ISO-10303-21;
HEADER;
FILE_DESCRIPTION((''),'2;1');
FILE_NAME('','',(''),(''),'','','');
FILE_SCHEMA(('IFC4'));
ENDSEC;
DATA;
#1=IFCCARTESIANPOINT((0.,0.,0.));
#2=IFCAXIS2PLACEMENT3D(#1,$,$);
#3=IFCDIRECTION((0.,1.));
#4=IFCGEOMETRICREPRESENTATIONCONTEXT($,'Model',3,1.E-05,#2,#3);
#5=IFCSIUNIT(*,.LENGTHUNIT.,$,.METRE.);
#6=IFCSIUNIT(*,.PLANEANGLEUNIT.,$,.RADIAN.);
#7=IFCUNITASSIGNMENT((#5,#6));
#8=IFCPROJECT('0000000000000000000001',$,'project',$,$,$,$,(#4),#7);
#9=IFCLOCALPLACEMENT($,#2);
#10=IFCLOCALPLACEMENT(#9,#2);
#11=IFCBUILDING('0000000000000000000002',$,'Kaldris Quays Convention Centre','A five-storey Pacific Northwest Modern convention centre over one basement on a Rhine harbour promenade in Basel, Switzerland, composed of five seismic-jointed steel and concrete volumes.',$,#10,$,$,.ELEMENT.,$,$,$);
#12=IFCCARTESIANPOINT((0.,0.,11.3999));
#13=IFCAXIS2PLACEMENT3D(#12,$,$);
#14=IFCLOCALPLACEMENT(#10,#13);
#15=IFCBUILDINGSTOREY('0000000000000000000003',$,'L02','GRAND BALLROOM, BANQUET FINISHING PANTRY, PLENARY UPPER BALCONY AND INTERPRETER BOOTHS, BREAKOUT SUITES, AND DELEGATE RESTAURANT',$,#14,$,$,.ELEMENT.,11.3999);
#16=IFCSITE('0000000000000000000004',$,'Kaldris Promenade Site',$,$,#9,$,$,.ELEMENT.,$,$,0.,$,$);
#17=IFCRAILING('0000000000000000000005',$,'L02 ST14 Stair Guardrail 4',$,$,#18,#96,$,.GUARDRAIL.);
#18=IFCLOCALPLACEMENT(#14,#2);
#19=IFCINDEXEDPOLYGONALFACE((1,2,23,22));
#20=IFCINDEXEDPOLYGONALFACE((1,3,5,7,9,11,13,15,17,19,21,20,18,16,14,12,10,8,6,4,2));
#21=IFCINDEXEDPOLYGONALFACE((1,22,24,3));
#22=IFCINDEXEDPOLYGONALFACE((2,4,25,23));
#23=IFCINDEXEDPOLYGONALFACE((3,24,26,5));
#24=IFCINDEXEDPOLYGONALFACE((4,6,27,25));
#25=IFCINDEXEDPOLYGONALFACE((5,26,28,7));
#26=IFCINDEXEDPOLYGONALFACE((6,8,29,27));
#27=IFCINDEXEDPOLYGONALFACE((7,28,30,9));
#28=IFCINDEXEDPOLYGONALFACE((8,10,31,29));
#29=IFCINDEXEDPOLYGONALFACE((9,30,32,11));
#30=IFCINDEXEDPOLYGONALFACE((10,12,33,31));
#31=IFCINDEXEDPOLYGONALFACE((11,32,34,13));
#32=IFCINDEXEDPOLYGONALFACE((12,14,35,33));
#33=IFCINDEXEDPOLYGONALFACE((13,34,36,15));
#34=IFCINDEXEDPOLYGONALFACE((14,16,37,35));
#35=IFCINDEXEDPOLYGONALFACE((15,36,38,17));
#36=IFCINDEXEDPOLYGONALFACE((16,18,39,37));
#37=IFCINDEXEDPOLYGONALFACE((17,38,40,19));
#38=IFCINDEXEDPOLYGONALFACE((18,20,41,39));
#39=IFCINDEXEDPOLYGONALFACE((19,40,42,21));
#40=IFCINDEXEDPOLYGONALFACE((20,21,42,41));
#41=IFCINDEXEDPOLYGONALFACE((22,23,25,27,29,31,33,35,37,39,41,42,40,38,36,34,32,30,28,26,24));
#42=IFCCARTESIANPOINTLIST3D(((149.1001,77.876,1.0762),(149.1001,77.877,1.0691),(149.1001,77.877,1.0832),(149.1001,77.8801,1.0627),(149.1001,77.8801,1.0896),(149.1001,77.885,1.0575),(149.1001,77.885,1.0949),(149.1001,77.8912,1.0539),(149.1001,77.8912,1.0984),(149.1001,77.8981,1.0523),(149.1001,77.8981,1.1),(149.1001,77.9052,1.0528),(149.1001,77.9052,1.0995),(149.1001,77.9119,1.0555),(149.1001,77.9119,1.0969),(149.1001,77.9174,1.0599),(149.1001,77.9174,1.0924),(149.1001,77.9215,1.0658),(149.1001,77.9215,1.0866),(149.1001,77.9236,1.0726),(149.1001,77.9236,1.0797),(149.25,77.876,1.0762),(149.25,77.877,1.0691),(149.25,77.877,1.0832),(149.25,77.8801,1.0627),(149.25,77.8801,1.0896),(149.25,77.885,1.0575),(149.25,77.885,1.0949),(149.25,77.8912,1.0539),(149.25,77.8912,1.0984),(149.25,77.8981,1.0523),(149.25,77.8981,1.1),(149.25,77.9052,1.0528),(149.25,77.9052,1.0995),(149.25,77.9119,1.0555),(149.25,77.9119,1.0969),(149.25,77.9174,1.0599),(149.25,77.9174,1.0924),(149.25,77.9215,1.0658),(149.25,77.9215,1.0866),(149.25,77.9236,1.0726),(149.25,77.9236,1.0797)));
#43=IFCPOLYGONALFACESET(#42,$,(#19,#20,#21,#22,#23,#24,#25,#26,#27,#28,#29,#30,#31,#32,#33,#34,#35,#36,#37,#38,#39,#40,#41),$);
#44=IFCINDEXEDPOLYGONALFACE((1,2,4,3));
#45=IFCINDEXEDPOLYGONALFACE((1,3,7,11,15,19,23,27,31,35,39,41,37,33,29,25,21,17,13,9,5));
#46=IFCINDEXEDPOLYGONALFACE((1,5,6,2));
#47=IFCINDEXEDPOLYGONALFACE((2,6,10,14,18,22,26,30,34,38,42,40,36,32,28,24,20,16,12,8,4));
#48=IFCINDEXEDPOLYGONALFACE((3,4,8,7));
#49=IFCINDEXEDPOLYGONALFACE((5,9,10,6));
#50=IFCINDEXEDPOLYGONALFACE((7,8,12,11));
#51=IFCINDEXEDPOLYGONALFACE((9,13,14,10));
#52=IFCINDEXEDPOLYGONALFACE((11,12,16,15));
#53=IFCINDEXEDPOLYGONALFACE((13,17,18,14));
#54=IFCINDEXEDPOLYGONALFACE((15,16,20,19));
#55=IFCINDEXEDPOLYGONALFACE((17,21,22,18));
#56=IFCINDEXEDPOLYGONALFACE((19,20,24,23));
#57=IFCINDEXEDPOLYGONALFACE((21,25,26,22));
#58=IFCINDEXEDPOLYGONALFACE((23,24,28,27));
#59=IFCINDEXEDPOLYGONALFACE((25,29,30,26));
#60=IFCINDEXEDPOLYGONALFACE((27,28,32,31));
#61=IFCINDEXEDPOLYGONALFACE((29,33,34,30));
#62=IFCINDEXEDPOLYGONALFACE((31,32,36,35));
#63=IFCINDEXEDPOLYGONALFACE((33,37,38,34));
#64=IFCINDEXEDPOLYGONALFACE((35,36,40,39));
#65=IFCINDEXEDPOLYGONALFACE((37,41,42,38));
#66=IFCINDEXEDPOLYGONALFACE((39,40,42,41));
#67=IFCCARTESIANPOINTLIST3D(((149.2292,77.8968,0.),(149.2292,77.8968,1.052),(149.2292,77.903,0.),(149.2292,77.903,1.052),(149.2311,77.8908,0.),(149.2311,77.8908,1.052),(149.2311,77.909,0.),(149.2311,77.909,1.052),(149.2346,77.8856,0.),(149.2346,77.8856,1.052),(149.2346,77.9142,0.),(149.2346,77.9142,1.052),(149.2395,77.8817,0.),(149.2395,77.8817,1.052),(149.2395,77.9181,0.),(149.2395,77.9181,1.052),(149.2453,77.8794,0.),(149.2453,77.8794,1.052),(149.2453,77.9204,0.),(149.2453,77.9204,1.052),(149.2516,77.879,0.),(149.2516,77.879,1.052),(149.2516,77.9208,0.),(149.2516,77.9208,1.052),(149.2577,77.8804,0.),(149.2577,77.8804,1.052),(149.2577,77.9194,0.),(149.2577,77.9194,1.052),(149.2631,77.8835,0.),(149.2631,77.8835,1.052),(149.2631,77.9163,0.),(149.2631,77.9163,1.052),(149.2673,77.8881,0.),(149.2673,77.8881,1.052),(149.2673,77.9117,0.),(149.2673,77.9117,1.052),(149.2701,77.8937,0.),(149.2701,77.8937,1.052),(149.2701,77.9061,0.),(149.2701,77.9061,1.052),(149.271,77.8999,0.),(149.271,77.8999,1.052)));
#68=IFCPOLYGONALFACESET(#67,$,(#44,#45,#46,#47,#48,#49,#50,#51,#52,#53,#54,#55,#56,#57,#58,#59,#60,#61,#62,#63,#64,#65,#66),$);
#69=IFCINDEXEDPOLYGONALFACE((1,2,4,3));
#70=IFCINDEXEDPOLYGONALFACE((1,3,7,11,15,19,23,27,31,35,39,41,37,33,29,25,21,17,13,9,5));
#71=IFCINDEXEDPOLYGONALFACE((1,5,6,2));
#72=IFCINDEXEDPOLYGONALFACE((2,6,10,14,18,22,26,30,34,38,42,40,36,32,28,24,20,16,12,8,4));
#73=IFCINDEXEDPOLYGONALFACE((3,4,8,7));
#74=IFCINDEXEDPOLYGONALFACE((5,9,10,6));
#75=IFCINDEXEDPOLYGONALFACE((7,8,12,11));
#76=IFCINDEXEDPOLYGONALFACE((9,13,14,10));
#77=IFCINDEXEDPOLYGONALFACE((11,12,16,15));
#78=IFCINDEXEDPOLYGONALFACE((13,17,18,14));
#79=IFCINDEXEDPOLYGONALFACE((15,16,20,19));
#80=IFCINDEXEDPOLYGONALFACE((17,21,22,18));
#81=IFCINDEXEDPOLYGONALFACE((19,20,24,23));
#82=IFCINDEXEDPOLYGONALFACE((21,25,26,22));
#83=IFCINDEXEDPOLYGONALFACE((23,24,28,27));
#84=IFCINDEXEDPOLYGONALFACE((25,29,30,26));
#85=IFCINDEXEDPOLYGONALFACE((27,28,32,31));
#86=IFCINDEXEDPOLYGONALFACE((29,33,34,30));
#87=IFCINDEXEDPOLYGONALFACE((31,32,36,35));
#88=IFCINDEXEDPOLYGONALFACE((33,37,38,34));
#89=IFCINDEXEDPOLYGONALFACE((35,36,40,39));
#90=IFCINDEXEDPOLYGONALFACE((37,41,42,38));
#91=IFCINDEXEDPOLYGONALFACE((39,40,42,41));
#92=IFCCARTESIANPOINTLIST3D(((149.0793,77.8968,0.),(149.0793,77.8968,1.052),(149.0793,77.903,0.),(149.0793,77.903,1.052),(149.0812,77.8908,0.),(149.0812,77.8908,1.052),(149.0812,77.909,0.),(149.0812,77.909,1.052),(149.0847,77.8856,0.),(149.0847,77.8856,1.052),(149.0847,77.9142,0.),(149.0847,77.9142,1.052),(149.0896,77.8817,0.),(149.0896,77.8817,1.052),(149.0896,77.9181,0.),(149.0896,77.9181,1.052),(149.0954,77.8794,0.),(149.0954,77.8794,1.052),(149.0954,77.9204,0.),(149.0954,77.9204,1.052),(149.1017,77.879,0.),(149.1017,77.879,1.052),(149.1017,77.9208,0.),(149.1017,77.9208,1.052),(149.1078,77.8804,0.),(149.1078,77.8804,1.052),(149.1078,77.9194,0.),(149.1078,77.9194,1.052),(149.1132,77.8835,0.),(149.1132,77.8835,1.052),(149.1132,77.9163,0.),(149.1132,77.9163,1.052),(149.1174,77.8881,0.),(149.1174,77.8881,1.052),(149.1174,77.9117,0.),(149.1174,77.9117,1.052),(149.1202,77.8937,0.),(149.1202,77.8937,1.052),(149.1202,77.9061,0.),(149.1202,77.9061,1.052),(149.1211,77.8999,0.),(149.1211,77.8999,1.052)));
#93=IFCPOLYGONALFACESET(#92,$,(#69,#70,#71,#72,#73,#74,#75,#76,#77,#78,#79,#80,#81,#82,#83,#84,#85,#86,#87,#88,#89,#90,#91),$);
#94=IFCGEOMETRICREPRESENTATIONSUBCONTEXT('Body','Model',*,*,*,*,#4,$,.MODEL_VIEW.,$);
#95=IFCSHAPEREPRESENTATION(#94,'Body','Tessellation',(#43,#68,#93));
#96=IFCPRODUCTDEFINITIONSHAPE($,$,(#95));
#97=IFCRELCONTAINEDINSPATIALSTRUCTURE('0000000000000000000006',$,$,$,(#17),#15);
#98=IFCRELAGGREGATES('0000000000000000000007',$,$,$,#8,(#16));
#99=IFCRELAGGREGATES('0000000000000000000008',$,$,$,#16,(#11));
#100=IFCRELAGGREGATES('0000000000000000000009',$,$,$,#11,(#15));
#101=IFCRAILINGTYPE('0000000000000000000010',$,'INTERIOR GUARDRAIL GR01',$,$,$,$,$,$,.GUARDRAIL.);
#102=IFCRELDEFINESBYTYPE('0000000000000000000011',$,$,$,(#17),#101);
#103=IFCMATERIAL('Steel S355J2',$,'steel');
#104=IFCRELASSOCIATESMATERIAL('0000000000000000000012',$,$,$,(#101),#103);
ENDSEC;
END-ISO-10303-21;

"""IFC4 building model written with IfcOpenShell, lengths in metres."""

from ifc_helpers import new_model, si_unit, direction, frame, origin, origin_2d, place, context, subcontext, project, spatial, circle, extrude, material, type_object, element, save


model = new_model("IFC4")

# Units and contexts
model_context = context("Model", 3, precision=1e-05, world=origin(), true_north=direction((0.0, 1.0)))
body_context = subcontext(model_context, "Body", "Model", "MODEL_VIEW")
ifc_project = project(units=[si_unit("LENGTHUNIT", "METRE"), si_unit("PLANEANGLEUNIT", "RADIAN")], contexts=[model_context])

# Site, building, storey
site_placement = place(None, origin())
site = spatial("IfcSite", under=ifc_project, at=site_placement, Name="Kaldris Promenade Site", CompositionType="ELEMENT", RefElevation=0.0)
building_placement = place(site_placement, origin())
building = spatial("IfcBuilding", under=site, at=building_placement, Name="Kaldris Quays Convention Centre", Description="A five-storey Pacific Northwest Modern convention centre over one basement on a Rhine harbour promenade in Basel, Switzerland, composed of five seismic-jointed steel and concrete volumes.", CompositionType="ELEMENT")
storey_placement = place(building_placement, frame((0.0, 0.0, 11.3999)))
storey = spatial("IfcBuildingStorey", under=building, at=storey_placement, Name="L02", Description="GRAND BALLROOM, BANQUET FINISHING PANTRY, PLENARY UPPER BALCONY AND INTERPRETER BOOTHS, BREAKOUT SUITES, AND DELEGATE RESTAURANT", CompositionType="ELEMENT", Elevation=11.3999)

# Shared definitions
ifc_material_1 = material(Name="Steel S355J2", Category="steel")

# Railing
railing_type_1 = type_object("IfcRailingType", Name="INTERIOR GUARDRAIL GR01", PredefinedType="GUARDRAIL", material=ifc_material_1)
railing_1_placement = place(storey_placement, frame((149.25, 77.8999, 0.0)))
element("IfcRailing", 1, at=railing_1_placement, inside=storey, type_object=railing_type_1, Name="L02 ST14 Stair Guardrail 4", PredefinedType="GUARDRAIL", context=body_context, shape_type="SweptSolid", body=[
    extrude(circle(Radius=0.0239, at=origin_2d()), frame((0.0, 0.0, 1.0762), z_axis=(-1.0, 0.0, 0.0), x_axis=(0.0, -1.0, 0.0)), (0.0, 0.0, 1.0), 0.1499),
    extrude(circle(Radius=0.021, at=origin_2d()), origin(), (0.0, 0.0, 1.0), 1.052),
    extrude(circle(Radius=0.021, at=origin_2d()), frame((-0.1499, 0.0, 0.0)), (0.0, 0.0, 1.0), 1.052),
])

save(model, "model.ifc")
